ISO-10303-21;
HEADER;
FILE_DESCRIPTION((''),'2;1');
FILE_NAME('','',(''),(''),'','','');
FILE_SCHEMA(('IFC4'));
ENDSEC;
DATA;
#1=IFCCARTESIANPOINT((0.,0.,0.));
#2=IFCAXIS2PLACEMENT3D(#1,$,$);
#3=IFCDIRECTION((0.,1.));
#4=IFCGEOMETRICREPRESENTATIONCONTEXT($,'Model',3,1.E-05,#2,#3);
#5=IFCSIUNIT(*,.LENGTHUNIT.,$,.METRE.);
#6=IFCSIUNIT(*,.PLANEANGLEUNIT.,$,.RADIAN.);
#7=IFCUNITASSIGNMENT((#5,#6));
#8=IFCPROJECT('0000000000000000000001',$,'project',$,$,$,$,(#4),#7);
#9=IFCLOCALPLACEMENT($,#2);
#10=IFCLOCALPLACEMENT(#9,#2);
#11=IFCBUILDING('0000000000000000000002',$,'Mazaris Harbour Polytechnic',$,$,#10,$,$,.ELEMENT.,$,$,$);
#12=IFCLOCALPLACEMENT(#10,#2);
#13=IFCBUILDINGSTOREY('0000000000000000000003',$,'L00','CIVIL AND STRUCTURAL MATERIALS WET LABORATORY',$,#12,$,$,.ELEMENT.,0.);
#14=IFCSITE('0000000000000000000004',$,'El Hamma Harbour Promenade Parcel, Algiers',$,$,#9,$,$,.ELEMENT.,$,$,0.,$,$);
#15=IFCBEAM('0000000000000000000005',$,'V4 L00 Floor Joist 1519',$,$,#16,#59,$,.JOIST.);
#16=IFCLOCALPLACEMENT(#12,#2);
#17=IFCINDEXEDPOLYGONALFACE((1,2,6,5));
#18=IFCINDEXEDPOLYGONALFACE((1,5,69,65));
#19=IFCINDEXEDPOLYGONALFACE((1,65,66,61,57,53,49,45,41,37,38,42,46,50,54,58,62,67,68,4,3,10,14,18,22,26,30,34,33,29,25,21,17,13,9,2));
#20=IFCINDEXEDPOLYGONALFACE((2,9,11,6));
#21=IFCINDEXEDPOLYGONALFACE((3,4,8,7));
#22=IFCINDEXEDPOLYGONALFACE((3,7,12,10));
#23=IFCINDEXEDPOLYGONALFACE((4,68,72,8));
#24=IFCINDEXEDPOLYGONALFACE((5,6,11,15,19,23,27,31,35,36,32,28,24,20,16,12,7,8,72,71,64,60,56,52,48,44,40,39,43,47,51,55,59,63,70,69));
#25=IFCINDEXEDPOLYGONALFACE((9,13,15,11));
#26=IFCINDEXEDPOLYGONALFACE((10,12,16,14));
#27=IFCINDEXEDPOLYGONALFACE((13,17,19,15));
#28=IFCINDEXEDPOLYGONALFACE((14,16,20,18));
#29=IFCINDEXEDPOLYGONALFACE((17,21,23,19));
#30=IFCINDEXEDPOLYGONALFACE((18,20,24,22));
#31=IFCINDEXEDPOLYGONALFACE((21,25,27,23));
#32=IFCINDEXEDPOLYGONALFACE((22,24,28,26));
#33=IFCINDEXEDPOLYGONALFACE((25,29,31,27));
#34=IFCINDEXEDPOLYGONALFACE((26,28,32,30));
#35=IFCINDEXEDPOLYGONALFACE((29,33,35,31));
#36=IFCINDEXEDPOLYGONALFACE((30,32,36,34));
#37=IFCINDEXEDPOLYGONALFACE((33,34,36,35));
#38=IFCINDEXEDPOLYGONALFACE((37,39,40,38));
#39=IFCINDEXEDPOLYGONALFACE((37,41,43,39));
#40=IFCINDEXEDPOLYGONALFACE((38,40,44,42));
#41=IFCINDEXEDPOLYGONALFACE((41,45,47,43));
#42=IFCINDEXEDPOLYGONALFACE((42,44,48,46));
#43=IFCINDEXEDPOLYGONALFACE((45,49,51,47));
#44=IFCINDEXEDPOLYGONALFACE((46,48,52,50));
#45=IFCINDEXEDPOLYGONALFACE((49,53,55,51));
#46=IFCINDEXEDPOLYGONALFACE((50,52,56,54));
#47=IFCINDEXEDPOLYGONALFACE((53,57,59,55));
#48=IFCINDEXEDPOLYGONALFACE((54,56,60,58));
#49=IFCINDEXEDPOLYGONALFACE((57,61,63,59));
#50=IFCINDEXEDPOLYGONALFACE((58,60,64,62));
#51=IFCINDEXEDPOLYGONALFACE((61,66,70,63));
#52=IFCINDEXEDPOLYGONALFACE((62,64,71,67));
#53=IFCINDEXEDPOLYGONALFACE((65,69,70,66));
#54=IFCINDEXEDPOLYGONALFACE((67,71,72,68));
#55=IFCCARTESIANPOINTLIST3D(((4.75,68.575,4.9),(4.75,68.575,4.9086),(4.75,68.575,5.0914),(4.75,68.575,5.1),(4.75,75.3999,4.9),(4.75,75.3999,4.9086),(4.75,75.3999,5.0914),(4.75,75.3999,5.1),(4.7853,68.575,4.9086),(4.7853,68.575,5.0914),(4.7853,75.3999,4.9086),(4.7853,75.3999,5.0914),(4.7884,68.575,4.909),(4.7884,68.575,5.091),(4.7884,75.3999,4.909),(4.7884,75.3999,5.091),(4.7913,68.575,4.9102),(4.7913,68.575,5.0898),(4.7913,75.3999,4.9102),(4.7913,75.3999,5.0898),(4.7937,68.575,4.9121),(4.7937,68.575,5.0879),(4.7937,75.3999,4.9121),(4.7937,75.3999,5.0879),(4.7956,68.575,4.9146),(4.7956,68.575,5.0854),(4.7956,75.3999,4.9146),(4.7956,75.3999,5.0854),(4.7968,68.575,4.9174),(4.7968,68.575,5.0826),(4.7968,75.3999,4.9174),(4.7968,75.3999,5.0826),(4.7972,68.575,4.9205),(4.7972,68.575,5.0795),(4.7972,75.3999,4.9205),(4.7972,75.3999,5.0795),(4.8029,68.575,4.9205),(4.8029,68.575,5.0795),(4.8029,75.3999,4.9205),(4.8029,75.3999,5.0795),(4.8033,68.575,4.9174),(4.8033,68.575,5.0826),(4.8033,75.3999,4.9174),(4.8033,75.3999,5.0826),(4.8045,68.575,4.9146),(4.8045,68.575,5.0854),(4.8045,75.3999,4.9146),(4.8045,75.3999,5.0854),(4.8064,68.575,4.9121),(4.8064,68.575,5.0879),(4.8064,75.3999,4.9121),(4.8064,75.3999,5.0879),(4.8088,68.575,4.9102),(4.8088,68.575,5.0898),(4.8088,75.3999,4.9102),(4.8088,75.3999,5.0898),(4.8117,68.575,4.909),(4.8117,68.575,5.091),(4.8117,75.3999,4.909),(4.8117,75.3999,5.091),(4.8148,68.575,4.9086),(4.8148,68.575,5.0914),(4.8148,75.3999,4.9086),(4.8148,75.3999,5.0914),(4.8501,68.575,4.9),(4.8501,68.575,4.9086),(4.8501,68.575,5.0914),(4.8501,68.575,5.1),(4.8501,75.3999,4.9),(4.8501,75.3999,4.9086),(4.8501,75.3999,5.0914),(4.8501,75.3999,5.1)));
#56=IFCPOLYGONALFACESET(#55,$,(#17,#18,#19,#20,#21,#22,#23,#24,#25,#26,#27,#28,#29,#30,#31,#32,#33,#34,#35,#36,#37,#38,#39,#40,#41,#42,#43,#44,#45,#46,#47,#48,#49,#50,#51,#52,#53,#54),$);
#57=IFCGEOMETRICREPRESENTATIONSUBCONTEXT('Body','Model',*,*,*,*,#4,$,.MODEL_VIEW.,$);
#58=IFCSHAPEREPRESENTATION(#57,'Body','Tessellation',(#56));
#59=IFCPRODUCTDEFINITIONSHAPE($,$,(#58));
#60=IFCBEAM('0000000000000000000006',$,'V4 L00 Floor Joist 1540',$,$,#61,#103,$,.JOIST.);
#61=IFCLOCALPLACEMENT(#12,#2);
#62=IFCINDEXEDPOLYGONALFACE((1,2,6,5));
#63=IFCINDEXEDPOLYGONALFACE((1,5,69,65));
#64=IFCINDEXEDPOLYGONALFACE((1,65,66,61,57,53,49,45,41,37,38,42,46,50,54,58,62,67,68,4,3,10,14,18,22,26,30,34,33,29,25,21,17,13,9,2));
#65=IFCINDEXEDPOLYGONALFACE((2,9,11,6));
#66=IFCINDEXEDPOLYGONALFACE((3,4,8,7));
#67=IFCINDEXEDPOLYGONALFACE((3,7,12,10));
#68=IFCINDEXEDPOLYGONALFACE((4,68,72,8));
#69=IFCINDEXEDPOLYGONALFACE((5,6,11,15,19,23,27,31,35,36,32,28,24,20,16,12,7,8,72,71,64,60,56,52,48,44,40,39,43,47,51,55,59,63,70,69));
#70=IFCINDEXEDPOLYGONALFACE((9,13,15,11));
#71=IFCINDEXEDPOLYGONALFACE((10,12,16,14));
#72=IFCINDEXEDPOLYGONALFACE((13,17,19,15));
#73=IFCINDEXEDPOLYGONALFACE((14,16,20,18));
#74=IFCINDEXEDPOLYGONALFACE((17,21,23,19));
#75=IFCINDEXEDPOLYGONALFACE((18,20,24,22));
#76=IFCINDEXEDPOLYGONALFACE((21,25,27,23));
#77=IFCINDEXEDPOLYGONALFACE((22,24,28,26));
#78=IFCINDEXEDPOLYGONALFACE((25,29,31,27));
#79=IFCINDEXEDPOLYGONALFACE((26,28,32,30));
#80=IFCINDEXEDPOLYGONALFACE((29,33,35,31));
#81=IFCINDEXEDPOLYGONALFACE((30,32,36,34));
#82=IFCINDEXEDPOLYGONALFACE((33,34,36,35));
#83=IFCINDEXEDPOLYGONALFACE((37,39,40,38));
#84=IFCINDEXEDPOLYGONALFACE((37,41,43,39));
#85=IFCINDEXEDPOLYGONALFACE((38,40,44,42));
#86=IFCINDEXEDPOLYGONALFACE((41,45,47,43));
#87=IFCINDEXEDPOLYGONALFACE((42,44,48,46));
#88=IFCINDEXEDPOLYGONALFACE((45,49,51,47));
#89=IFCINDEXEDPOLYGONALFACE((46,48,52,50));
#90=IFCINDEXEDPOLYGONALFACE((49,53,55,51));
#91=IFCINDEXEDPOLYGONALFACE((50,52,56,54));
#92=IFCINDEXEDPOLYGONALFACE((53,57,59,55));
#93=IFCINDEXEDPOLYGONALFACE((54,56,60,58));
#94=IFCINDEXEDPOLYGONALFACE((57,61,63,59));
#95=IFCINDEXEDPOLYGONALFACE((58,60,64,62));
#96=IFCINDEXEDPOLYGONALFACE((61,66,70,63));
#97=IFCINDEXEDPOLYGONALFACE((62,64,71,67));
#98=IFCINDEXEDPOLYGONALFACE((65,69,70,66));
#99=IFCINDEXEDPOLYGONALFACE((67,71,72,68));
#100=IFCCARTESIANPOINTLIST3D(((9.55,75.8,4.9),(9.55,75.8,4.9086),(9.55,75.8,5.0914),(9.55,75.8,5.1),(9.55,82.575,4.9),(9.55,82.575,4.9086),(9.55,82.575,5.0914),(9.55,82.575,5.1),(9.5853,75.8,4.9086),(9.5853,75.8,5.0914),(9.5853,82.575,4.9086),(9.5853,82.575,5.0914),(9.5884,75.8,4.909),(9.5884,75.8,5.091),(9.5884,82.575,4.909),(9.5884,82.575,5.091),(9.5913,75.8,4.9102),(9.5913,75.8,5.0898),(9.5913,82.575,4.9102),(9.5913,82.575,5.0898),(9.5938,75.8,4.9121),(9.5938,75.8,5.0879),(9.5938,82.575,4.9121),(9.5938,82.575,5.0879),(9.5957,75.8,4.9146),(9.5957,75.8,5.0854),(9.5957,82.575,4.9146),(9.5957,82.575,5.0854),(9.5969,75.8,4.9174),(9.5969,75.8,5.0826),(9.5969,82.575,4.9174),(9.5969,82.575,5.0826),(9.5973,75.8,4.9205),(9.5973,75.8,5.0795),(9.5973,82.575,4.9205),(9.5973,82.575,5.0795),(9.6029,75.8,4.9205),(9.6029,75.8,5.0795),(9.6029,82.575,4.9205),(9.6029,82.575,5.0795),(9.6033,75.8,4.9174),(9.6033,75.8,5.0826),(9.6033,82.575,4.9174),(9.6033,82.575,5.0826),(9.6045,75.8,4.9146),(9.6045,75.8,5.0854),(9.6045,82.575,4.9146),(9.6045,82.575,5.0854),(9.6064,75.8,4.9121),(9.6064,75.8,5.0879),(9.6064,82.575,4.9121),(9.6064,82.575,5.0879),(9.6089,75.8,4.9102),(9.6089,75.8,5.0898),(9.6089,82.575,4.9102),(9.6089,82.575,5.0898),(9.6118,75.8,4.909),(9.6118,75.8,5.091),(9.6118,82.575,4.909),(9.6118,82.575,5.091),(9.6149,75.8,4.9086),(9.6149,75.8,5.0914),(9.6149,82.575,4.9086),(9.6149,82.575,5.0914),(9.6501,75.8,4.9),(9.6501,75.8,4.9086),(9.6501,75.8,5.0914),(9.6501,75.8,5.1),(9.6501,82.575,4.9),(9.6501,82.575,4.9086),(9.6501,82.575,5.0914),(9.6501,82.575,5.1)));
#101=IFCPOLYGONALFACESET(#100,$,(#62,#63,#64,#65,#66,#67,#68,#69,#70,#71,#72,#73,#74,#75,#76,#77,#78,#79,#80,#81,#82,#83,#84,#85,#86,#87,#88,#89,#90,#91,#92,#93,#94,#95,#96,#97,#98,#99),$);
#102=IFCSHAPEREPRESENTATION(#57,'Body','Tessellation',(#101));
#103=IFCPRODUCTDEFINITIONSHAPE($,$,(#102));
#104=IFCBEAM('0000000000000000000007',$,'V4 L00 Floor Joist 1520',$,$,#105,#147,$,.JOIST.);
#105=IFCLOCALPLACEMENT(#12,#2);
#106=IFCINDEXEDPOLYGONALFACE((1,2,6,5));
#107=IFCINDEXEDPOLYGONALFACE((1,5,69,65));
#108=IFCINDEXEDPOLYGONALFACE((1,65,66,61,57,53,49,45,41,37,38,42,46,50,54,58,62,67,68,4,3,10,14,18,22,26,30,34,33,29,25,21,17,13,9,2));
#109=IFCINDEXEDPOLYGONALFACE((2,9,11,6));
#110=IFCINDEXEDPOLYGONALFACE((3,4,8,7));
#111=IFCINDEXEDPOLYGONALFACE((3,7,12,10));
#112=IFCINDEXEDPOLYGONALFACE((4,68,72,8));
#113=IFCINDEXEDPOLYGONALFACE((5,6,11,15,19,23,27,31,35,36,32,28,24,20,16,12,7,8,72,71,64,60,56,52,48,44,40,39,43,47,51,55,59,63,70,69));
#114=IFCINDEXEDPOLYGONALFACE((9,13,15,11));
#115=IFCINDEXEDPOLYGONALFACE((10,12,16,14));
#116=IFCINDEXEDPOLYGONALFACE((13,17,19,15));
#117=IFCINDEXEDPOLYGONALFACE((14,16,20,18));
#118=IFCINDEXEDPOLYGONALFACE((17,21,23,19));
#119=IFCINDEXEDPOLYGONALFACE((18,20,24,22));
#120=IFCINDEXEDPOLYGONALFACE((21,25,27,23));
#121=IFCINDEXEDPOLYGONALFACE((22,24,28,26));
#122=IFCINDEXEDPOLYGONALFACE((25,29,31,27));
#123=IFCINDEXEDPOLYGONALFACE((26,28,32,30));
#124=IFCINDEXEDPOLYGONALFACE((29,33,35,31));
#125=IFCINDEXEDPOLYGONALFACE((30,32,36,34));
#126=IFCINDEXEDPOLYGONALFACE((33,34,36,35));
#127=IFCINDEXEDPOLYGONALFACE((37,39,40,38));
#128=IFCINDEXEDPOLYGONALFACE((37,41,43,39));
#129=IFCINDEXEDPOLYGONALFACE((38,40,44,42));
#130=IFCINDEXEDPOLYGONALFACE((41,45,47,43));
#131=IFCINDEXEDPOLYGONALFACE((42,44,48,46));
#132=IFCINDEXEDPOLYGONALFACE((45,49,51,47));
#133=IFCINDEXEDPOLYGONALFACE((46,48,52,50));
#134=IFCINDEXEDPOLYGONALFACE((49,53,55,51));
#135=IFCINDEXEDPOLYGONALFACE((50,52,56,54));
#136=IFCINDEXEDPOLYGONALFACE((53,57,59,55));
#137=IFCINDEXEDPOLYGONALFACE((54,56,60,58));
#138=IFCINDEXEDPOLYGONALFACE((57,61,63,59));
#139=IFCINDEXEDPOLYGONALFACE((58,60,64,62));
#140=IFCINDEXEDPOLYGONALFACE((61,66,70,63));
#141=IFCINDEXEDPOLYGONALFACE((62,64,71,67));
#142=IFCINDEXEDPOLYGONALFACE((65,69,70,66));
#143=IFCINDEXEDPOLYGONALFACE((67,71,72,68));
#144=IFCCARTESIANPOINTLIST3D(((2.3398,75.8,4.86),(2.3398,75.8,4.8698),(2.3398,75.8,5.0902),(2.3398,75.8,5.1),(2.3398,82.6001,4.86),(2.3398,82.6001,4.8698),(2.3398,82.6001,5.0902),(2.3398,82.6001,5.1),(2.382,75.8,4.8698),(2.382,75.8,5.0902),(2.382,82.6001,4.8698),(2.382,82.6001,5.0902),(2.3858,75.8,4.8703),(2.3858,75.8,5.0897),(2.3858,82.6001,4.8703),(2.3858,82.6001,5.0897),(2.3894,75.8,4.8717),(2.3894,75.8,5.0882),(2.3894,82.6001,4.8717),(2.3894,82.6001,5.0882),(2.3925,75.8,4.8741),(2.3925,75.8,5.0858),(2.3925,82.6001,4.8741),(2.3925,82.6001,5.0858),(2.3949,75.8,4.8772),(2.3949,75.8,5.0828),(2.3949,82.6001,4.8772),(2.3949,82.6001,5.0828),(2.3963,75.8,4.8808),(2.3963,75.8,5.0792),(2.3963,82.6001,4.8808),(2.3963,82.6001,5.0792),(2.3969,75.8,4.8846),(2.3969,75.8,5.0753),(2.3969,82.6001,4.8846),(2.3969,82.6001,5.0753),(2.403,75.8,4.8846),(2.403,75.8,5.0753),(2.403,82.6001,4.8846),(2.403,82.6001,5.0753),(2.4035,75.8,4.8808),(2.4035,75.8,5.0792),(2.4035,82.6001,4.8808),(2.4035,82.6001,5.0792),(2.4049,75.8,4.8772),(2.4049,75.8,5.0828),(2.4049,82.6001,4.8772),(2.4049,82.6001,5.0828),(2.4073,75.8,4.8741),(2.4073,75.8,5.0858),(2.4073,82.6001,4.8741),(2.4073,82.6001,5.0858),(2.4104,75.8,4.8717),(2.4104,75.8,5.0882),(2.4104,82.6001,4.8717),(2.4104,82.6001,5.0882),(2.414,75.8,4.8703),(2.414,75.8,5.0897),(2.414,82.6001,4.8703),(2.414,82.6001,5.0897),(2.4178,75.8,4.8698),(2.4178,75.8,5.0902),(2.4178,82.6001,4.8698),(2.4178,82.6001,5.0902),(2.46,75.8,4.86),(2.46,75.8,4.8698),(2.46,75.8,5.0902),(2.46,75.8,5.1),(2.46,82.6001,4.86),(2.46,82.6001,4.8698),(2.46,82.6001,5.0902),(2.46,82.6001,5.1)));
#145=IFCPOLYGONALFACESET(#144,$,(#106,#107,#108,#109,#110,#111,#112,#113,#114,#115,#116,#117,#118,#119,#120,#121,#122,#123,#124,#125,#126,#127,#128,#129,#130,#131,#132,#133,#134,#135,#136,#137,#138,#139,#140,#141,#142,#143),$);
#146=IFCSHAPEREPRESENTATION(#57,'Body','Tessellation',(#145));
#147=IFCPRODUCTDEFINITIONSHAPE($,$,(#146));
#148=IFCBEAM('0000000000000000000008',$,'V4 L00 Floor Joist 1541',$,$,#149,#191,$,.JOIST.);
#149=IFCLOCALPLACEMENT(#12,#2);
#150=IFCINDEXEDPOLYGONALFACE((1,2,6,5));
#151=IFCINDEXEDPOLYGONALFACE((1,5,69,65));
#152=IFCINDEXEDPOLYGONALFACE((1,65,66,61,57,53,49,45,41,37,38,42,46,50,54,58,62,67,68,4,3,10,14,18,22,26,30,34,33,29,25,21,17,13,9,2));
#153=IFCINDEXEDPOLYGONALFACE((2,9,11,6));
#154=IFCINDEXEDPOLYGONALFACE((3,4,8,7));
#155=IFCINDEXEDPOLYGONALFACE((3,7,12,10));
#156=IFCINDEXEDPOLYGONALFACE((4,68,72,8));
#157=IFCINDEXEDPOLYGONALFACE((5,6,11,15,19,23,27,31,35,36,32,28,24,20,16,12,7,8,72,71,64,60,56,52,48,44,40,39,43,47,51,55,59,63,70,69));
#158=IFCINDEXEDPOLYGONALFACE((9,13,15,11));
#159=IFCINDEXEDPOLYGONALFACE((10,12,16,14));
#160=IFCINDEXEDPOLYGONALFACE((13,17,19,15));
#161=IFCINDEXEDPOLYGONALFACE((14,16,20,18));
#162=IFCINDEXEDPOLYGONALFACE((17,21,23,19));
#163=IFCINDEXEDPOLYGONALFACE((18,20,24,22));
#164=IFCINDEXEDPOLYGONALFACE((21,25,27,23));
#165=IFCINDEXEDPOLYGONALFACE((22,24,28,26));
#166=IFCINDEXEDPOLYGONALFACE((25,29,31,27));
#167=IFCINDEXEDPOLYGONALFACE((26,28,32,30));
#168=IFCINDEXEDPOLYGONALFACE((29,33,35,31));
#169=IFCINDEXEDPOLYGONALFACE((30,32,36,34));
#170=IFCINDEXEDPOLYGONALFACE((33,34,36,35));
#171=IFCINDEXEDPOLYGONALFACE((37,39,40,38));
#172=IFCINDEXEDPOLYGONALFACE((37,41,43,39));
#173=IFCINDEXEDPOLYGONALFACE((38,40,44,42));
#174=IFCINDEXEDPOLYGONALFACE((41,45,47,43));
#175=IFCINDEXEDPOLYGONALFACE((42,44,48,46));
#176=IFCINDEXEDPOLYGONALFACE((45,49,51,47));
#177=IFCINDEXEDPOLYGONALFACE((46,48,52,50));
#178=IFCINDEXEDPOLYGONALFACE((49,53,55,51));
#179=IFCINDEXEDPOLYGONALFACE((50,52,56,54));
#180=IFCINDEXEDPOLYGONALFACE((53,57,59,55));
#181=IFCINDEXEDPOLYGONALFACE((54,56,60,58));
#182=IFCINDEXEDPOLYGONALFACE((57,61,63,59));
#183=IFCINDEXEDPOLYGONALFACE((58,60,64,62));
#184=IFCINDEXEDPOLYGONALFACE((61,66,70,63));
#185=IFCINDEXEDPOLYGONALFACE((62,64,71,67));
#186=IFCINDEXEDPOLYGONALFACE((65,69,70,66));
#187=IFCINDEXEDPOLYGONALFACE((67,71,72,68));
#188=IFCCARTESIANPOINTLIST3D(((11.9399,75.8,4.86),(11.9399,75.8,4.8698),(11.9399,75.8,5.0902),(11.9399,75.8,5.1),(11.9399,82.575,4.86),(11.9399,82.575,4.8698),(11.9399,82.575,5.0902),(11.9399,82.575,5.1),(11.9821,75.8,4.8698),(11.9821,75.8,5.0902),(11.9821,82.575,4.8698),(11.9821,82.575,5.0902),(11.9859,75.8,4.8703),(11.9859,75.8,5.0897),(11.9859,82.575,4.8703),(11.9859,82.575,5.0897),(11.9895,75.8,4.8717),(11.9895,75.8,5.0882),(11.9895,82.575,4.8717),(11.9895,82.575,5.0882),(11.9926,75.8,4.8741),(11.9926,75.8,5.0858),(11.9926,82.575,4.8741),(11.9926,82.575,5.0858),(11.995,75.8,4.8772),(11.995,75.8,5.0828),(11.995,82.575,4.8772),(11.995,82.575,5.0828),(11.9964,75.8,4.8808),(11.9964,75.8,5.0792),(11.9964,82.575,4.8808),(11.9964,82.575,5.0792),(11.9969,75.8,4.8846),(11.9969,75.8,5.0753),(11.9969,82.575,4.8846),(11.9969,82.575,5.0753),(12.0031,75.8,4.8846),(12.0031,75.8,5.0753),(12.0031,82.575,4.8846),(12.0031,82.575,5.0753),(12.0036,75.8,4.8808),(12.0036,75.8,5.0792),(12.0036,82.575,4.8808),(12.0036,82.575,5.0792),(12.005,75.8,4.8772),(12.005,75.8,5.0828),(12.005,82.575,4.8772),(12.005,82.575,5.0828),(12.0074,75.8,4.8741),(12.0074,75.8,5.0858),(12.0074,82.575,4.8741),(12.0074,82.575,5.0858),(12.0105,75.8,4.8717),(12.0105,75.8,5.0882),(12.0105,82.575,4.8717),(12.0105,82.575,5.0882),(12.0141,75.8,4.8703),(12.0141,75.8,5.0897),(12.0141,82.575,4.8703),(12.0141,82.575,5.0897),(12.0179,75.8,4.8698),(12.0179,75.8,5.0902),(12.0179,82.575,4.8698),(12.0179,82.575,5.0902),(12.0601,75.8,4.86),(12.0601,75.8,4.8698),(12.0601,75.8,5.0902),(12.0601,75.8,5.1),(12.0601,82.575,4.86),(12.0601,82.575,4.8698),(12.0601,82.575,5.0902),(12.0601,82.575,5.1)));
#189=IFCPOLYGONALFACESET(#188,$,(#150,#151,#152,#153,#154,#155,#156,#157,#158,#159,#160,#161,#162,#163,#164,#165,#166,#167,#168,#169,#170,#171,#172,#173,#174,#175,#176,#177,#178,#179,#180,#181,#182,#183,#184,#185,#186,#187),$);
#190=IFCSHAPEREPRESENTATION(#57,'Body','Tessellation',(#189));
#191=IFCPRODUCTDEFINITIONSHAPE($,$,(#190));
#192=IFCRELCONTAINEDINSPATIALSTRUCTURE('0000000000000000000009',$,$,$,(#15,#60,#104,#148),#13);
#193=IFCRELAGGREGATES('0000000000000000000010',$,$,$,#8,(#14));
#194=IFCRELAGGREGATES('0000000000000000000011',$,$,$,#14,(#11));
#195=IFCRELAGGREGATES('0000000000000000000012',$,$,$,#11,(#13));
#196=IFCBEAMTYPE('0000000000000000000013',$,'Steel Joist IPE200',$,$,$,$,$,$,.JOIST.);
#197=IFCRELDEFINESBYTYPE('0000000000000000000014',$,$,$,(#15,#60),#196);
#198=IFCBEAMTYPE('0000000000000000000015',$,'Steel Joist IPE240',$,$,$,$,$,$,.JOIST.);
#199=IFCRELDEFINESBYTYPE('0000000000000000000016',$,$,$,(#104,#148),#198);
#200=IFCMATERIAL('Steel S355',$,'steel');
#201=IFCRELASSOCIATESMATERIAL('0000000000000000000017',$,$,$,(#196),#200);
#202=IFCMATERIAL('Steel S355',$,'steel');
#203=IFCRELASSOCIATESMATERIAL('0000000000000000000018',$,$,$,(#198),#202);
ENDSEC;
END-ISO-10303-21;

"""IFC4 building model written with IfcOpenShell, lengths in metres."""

from ifc_helpers import new_model, si_unit, direction, frame, origin, origin_2d, place, context, subcontext, project, spatial, i_section, extrude, material, material_profile, profile_set, type_object, element, save


model = new_model("IFC4")

# Units and contexts
model_context = context("Model", 3, precision=1e-05, world=origin(), true_north=direction((0.0, 1.0)))
body_context = subcontext(model_context, "Body", "Model", "MODEL_VIEW")
ifc_project = project(units=[si_unit("LENGTHUNIT", "METRE"), si_unit("PLANEANGLEUNIT", "RADIAN")], contexts=[model_context])

# Site, building, storey
site_placement = place(None, origin())
site = spatial("IfcSite", under=ifc_project, at=site_placement, Name="El Hamma Harbour Promenade Parcel, Algiers", CompositionType="ELEMENT", RefElevation=0.0)
building_placement = place(site_placement, origin())
building = spatial("IfcBuilding", under=site, at=building_placement, Name="Mazaris Harbour Polytechnic", CompositionType="ELEMENT")
storey_placement = place(building_placement, origin())
storey = spatial("IfcBuildingStorey", under=building, at=storey_placement, Name="L00", Description="CIVIL AND STRUCTURAL MATERIALS WET LABORATORY", CompositionType="ELEMENT", Elevation=0.0)

# Beams
ifc_material_1 = material(Name="Steel S355", Category="steel")
ifc_material_profile_1 = material_profile(ifc_material_1, i_section(OverallWidth=0.1001, OverallDepth=0.2, WebThickness=0.0056, FlangeThickness=0.0085, FilletRadius=0.012, at=origin_2d()), Name="IPE 200")
ifc_profile_set_1 = profile_set([ifc_material_profile_1], Name="Steel S355")
beam_type_1 = type_object("IfcBeamType", Name="Steel Joist IPE200", PredefinedType="JOIST", material=ifc_profile_set_1)
beam_1_placement = place(storey_placement, frame((4.8, 68.575, 5.0), z_axis=(0.0, 1.0, 0.0), x_axis=(-1.0, 0.0, 0.0)))
element("IfcBeam", 1, at=beam_1_placement, inside=storey, type_object=beam_type_1, Name="V4 L00 Floor Joist 1519", PredefinedType="JOIST", context=body_context, shape_type="SweptSolid", body=[
    extrude(i_section(OverallWidth=0.1001, OverallDepth=0.2, WebThickness=0.0056, FlangeThickness=0.0085, FilletRadius=0.012, at=origin_2d()), origin(), (0.0, 0.0, 1.0), 6.825),
])
beam_2_placement = place(storey_placement, frame((9.6001, 75.8, 5.0), z_axis=(0.0, 1.0, 0.0), x_axis=(-1.0, 0.0, 0.0)))
element("IfcBeam", 2, at=beam_2_placement, inside=storey, type_object=beam_type_1, Name="V4 L00 Floor Joist 1540", PredefinedType="JOIST", context=body_context, shape_type="SweptSolid", body=[
    extrude(i_section(OverallWidth=0.1001, OverallDepth=0.2, WebThickness=0.0056, FlangeThickness=0.0085, FilletRadius=0.012, at=origin_2d()), origin(), (0.0, 0.0, 1.0), 6.7749),
])
ifc_material_2 = material(Name="Steel S355", Category="steel")
ifc_material_profile_2 = material_profile(ifc_material_2, i_section(OverallWidth=0.1201, OverallDepth=0.24, WebThickness=0.0061, FlangeThickness=0.0098, FilletRadius=0.0149, at=origin_2d()), Name="IPE 240")
ifc_profile_set_2 = profile_set([ifc_material_profile_2], Name="Steel S355")
beam_type_2 = type_object("IfcBeamType", Name="Steel Joist IPE240", PredefinedType="JOIST", material=ifc_profile_set_2)
beam_3_placement = place(storey_placement, frame((2.3999, 75.8, 4.98), z_axis=(0.0, 1.0, 0.0), x_axis=(-1.0, 0.0, 0.0)))
element("IfcBeam", 3, at=beam_3_placement, inside=storey, type_object=beam_type_2, Name="V4 L00 Floor Joist 1520", PredefinedType="JOIST", context=body_context, shape_type="SweptSolid", body=[
    extrude(i_section(OverallWidth=0.1201, OverallDepth=0.24, WebThickness=0.0061, FlangeThickness=0.0098, FilletRadius=0.0149, at=origin_2d()), origin(), (0.0, 0.0, 1.0), 6.8),
])
beam_4_placement = place(storey_placement, frame((12.0, 75.8, 4.98), z_axis=(0.0, 1.0, 0.0), x_axis=(-1.0, 0.0, 0.0)))
element("IfcBeam", 4, at=beam_4_placement, inside=storey, type_object=beam_type_2, Name="V4 L00 Floor Joist 1541", PredefinedType="JOIST", context=body_context, shape_type="SweptSolid", body=[
    extrude(i_section(OverallWidth=0.1201, OverallDepth=0.24, WebThickness=0.0061, FlangeThickness=0.0098, FilletRadius=0.0149, at=origin_2d()), origin(), (0.0, 0.0, 1.0), 6.7749),
])

save(model, "model.ifc")
